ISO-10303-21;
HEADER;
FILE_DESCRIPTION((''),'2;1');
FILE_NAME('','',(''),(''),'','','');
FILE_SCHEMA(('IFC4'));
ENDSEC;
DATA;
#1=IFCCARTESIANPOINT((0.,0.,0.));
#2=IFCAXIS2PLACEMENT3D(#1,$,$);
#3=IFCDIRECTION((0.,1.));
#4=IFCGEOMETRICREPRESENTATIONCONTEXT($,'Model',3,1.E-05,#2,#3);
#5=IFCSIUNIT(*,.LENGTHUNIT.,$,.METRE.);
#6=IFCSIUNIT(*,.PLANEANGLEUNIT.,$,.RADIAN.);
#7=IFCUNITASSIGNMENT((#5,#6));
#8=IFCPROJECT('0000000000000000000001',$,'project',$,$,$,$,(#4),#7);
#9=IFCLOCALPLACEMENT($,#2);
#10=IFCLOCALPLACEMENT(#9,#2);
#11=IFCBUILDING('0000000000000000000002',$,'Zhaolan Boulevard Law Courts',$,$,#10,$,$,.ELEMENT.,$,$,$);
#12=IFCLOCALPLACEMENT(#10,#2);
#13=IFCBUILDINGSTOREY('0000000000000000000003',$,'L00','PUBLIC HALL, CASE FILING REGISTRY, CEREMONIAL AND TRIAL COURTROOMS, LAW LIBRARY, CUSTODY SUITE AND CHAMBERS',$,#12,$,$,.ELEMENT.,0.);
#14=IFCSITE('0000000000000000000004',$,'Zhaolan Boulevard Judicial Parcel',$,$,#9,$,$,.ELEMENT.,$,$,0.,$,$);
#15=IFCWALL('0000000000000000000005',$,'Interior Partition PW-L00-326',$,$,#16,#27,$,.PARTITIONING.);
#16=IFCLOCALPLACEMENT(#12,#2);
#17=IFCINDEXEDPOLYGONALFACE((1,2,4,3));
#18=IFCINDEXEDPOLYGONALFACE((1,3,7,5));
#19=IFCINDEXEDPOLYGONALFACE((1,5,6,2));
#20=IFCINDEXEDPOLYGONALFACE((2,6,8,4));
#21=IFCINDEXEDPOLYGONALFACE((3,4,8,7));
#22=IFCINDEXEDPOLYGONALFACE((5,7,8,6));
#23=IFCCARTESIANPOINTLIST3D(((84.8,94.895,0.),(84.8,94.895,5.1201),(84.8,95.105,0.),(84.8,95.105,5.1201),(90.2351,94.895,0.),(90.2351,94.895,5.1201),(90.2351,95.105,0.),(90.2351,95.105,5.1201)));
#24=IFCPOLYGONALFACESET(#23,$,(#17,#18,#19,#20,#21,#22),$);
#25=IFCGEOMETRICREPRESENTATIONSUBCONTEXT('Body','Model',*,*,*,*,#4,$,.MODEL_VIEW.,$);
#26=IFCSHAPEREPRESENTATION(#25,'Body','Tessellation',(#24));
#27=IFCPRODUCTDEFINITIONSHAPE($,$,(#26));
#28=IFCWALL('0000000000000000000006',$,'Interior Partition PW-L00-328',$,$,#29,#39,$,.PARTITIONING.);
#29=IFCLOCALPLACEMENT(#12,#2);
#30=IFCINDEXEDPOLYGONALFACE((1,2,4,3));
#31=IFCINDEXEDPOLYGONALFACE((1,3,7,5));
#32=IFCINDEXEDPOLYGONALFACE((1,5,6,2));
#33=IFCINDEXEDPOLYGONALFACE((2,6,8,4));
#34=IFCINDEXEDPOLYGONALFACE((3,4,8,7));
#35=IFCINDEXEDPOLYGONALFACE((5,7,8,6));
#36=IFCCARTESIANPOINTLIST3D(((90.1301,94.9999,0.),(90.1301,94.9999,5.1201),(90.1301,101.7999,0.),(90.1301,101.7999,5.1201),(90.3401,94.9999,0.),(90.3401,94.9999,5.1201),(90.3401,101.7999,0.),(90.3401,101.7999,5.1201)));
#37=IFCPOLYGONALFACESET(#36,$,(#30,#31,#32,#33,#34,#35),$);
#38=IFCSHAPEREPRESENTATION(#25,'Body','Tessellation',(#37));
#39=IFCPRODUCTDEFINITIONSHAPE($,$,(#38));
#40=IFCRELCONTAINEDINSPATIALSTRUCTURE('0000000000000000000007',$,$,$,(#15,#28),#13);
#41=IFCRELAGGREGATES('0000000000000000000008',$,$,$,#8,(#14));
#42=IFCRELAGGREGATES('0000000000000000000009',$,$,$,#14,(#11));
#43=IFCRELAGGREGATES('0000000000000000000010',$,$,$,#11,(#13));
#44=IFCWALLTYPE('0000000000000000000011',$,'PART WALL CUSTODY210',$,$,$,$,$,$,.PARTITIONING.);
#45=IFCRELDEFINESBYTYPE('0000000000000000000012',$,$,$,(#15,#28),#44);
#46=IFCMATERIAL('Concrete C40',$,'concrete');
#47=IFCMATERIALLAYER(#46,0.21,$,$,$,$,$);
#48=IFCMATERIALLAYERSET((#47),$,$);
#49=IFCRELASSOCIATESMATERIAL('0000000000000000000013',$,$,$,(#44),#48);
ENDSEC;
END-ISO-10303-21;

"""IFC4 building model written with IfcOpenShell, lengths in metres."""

from ifc_helpers import new_model, si_unit, direction, frame, frame_2d, origin, place, context, subcontext, project, spatial, rectangle, extrude, material, layer, layer_set, type_object, element, save


model = new_model("IFC4")

# Units and contexts
model_context = context("Model", 3, precision=1e-05, world=origin(), true_north=direction((0.0, 1.0)))
body_context = subcontext(model_context, "Body", "Model", "MODEL_VIEW")
ifc_project = project(units=[si_unit("LENGTHUNIT", "METRE"), si_unit("PLANEANGLEUNIT", "RADIAN")], contexts=[model_context])

# Site, building, storey
site_placement = place(None, origin())
site = spatial("IfcSite", under=ifc_project, at=site_placement, Name="Zhaolan Boulevard Judicial Parcel", CompositionType="ELEMENT", RefElevation=0.0)
building_placement = place(site_placement, origin())
building = spatial("IfcBuilding", under=site, at=building_placement, Name="Zhaolan Boulevard Law Courts", CompositionType="ELEMENT")
storey_placement = place(building_placement, origin())
storey = spatial("IfcBuildingStorey", under=building, at=storey_placement, Name="L00", Description="PUBLIC HALL, CASE FILING REGISTRY, CEREMONIAL AND TRIAL COURTROOMS, LAW LIBRARY, CUSTODY SUITE AND CHAMBERS", CompositionType="ELEMENT", Elevation=0.0)

# Walls
ifc_material_1 = material(Name="Concrete C40", Category="concrete")
ifc_layer_1 = layer(ifc_material_1, 0.21)
ifc_layer_set_1 = layer_set([ifc_layer_1])
wall_type_1 = type_object("IfcWallType", Name="PART WALL CUSTODY210", PredefinedType="PARTITIONING", material=ifc_layer_set_1)
wall_1_placement = place(storey_placement, frame((84.8, 95.0, 0.0), z_axis=(0.0, 0.0, 1.0), x_axis=(1.0, 0.0, 0.0)))
element("IfcWall", 1, at=wall_1_placement, inside=storey, type_object=wall_type_1, Name="Interior Partition PW-L00-326", PredefinedType="PARTITIONING", context=body_context, shape_type="SweptSolid", body=[
    extrude(rectangle(XDim=5.4351, YDim=0.21, at=frame_2d((2.7175, 0.0))), origin(), (0.0, 0.0, 1.0), 5.1201),
])
wall_2_placement = place(storey_placement, frame((90.2351, 95.0, 0.0), z_axis=(0.0, 0.0, 1.0), x_axis=(0.0, 1.0, 0.0)))
element("IfcWall", 2, at=wall_2_placement, inside=storey, type_object=wall_type_1, Name="Interior Partition PW-L00-328", PredefinedType="PARTITIONING", context=body_context, shape_type="SweptSolid", body=[
    extrude(rectangle(XDim=6.8, YDim=0.21, at=frame_2d((3.3999, 0.0))), origin(), (0.0, 0.0, 1.0), 5.1201),
])

save(model, "model.ifc")
